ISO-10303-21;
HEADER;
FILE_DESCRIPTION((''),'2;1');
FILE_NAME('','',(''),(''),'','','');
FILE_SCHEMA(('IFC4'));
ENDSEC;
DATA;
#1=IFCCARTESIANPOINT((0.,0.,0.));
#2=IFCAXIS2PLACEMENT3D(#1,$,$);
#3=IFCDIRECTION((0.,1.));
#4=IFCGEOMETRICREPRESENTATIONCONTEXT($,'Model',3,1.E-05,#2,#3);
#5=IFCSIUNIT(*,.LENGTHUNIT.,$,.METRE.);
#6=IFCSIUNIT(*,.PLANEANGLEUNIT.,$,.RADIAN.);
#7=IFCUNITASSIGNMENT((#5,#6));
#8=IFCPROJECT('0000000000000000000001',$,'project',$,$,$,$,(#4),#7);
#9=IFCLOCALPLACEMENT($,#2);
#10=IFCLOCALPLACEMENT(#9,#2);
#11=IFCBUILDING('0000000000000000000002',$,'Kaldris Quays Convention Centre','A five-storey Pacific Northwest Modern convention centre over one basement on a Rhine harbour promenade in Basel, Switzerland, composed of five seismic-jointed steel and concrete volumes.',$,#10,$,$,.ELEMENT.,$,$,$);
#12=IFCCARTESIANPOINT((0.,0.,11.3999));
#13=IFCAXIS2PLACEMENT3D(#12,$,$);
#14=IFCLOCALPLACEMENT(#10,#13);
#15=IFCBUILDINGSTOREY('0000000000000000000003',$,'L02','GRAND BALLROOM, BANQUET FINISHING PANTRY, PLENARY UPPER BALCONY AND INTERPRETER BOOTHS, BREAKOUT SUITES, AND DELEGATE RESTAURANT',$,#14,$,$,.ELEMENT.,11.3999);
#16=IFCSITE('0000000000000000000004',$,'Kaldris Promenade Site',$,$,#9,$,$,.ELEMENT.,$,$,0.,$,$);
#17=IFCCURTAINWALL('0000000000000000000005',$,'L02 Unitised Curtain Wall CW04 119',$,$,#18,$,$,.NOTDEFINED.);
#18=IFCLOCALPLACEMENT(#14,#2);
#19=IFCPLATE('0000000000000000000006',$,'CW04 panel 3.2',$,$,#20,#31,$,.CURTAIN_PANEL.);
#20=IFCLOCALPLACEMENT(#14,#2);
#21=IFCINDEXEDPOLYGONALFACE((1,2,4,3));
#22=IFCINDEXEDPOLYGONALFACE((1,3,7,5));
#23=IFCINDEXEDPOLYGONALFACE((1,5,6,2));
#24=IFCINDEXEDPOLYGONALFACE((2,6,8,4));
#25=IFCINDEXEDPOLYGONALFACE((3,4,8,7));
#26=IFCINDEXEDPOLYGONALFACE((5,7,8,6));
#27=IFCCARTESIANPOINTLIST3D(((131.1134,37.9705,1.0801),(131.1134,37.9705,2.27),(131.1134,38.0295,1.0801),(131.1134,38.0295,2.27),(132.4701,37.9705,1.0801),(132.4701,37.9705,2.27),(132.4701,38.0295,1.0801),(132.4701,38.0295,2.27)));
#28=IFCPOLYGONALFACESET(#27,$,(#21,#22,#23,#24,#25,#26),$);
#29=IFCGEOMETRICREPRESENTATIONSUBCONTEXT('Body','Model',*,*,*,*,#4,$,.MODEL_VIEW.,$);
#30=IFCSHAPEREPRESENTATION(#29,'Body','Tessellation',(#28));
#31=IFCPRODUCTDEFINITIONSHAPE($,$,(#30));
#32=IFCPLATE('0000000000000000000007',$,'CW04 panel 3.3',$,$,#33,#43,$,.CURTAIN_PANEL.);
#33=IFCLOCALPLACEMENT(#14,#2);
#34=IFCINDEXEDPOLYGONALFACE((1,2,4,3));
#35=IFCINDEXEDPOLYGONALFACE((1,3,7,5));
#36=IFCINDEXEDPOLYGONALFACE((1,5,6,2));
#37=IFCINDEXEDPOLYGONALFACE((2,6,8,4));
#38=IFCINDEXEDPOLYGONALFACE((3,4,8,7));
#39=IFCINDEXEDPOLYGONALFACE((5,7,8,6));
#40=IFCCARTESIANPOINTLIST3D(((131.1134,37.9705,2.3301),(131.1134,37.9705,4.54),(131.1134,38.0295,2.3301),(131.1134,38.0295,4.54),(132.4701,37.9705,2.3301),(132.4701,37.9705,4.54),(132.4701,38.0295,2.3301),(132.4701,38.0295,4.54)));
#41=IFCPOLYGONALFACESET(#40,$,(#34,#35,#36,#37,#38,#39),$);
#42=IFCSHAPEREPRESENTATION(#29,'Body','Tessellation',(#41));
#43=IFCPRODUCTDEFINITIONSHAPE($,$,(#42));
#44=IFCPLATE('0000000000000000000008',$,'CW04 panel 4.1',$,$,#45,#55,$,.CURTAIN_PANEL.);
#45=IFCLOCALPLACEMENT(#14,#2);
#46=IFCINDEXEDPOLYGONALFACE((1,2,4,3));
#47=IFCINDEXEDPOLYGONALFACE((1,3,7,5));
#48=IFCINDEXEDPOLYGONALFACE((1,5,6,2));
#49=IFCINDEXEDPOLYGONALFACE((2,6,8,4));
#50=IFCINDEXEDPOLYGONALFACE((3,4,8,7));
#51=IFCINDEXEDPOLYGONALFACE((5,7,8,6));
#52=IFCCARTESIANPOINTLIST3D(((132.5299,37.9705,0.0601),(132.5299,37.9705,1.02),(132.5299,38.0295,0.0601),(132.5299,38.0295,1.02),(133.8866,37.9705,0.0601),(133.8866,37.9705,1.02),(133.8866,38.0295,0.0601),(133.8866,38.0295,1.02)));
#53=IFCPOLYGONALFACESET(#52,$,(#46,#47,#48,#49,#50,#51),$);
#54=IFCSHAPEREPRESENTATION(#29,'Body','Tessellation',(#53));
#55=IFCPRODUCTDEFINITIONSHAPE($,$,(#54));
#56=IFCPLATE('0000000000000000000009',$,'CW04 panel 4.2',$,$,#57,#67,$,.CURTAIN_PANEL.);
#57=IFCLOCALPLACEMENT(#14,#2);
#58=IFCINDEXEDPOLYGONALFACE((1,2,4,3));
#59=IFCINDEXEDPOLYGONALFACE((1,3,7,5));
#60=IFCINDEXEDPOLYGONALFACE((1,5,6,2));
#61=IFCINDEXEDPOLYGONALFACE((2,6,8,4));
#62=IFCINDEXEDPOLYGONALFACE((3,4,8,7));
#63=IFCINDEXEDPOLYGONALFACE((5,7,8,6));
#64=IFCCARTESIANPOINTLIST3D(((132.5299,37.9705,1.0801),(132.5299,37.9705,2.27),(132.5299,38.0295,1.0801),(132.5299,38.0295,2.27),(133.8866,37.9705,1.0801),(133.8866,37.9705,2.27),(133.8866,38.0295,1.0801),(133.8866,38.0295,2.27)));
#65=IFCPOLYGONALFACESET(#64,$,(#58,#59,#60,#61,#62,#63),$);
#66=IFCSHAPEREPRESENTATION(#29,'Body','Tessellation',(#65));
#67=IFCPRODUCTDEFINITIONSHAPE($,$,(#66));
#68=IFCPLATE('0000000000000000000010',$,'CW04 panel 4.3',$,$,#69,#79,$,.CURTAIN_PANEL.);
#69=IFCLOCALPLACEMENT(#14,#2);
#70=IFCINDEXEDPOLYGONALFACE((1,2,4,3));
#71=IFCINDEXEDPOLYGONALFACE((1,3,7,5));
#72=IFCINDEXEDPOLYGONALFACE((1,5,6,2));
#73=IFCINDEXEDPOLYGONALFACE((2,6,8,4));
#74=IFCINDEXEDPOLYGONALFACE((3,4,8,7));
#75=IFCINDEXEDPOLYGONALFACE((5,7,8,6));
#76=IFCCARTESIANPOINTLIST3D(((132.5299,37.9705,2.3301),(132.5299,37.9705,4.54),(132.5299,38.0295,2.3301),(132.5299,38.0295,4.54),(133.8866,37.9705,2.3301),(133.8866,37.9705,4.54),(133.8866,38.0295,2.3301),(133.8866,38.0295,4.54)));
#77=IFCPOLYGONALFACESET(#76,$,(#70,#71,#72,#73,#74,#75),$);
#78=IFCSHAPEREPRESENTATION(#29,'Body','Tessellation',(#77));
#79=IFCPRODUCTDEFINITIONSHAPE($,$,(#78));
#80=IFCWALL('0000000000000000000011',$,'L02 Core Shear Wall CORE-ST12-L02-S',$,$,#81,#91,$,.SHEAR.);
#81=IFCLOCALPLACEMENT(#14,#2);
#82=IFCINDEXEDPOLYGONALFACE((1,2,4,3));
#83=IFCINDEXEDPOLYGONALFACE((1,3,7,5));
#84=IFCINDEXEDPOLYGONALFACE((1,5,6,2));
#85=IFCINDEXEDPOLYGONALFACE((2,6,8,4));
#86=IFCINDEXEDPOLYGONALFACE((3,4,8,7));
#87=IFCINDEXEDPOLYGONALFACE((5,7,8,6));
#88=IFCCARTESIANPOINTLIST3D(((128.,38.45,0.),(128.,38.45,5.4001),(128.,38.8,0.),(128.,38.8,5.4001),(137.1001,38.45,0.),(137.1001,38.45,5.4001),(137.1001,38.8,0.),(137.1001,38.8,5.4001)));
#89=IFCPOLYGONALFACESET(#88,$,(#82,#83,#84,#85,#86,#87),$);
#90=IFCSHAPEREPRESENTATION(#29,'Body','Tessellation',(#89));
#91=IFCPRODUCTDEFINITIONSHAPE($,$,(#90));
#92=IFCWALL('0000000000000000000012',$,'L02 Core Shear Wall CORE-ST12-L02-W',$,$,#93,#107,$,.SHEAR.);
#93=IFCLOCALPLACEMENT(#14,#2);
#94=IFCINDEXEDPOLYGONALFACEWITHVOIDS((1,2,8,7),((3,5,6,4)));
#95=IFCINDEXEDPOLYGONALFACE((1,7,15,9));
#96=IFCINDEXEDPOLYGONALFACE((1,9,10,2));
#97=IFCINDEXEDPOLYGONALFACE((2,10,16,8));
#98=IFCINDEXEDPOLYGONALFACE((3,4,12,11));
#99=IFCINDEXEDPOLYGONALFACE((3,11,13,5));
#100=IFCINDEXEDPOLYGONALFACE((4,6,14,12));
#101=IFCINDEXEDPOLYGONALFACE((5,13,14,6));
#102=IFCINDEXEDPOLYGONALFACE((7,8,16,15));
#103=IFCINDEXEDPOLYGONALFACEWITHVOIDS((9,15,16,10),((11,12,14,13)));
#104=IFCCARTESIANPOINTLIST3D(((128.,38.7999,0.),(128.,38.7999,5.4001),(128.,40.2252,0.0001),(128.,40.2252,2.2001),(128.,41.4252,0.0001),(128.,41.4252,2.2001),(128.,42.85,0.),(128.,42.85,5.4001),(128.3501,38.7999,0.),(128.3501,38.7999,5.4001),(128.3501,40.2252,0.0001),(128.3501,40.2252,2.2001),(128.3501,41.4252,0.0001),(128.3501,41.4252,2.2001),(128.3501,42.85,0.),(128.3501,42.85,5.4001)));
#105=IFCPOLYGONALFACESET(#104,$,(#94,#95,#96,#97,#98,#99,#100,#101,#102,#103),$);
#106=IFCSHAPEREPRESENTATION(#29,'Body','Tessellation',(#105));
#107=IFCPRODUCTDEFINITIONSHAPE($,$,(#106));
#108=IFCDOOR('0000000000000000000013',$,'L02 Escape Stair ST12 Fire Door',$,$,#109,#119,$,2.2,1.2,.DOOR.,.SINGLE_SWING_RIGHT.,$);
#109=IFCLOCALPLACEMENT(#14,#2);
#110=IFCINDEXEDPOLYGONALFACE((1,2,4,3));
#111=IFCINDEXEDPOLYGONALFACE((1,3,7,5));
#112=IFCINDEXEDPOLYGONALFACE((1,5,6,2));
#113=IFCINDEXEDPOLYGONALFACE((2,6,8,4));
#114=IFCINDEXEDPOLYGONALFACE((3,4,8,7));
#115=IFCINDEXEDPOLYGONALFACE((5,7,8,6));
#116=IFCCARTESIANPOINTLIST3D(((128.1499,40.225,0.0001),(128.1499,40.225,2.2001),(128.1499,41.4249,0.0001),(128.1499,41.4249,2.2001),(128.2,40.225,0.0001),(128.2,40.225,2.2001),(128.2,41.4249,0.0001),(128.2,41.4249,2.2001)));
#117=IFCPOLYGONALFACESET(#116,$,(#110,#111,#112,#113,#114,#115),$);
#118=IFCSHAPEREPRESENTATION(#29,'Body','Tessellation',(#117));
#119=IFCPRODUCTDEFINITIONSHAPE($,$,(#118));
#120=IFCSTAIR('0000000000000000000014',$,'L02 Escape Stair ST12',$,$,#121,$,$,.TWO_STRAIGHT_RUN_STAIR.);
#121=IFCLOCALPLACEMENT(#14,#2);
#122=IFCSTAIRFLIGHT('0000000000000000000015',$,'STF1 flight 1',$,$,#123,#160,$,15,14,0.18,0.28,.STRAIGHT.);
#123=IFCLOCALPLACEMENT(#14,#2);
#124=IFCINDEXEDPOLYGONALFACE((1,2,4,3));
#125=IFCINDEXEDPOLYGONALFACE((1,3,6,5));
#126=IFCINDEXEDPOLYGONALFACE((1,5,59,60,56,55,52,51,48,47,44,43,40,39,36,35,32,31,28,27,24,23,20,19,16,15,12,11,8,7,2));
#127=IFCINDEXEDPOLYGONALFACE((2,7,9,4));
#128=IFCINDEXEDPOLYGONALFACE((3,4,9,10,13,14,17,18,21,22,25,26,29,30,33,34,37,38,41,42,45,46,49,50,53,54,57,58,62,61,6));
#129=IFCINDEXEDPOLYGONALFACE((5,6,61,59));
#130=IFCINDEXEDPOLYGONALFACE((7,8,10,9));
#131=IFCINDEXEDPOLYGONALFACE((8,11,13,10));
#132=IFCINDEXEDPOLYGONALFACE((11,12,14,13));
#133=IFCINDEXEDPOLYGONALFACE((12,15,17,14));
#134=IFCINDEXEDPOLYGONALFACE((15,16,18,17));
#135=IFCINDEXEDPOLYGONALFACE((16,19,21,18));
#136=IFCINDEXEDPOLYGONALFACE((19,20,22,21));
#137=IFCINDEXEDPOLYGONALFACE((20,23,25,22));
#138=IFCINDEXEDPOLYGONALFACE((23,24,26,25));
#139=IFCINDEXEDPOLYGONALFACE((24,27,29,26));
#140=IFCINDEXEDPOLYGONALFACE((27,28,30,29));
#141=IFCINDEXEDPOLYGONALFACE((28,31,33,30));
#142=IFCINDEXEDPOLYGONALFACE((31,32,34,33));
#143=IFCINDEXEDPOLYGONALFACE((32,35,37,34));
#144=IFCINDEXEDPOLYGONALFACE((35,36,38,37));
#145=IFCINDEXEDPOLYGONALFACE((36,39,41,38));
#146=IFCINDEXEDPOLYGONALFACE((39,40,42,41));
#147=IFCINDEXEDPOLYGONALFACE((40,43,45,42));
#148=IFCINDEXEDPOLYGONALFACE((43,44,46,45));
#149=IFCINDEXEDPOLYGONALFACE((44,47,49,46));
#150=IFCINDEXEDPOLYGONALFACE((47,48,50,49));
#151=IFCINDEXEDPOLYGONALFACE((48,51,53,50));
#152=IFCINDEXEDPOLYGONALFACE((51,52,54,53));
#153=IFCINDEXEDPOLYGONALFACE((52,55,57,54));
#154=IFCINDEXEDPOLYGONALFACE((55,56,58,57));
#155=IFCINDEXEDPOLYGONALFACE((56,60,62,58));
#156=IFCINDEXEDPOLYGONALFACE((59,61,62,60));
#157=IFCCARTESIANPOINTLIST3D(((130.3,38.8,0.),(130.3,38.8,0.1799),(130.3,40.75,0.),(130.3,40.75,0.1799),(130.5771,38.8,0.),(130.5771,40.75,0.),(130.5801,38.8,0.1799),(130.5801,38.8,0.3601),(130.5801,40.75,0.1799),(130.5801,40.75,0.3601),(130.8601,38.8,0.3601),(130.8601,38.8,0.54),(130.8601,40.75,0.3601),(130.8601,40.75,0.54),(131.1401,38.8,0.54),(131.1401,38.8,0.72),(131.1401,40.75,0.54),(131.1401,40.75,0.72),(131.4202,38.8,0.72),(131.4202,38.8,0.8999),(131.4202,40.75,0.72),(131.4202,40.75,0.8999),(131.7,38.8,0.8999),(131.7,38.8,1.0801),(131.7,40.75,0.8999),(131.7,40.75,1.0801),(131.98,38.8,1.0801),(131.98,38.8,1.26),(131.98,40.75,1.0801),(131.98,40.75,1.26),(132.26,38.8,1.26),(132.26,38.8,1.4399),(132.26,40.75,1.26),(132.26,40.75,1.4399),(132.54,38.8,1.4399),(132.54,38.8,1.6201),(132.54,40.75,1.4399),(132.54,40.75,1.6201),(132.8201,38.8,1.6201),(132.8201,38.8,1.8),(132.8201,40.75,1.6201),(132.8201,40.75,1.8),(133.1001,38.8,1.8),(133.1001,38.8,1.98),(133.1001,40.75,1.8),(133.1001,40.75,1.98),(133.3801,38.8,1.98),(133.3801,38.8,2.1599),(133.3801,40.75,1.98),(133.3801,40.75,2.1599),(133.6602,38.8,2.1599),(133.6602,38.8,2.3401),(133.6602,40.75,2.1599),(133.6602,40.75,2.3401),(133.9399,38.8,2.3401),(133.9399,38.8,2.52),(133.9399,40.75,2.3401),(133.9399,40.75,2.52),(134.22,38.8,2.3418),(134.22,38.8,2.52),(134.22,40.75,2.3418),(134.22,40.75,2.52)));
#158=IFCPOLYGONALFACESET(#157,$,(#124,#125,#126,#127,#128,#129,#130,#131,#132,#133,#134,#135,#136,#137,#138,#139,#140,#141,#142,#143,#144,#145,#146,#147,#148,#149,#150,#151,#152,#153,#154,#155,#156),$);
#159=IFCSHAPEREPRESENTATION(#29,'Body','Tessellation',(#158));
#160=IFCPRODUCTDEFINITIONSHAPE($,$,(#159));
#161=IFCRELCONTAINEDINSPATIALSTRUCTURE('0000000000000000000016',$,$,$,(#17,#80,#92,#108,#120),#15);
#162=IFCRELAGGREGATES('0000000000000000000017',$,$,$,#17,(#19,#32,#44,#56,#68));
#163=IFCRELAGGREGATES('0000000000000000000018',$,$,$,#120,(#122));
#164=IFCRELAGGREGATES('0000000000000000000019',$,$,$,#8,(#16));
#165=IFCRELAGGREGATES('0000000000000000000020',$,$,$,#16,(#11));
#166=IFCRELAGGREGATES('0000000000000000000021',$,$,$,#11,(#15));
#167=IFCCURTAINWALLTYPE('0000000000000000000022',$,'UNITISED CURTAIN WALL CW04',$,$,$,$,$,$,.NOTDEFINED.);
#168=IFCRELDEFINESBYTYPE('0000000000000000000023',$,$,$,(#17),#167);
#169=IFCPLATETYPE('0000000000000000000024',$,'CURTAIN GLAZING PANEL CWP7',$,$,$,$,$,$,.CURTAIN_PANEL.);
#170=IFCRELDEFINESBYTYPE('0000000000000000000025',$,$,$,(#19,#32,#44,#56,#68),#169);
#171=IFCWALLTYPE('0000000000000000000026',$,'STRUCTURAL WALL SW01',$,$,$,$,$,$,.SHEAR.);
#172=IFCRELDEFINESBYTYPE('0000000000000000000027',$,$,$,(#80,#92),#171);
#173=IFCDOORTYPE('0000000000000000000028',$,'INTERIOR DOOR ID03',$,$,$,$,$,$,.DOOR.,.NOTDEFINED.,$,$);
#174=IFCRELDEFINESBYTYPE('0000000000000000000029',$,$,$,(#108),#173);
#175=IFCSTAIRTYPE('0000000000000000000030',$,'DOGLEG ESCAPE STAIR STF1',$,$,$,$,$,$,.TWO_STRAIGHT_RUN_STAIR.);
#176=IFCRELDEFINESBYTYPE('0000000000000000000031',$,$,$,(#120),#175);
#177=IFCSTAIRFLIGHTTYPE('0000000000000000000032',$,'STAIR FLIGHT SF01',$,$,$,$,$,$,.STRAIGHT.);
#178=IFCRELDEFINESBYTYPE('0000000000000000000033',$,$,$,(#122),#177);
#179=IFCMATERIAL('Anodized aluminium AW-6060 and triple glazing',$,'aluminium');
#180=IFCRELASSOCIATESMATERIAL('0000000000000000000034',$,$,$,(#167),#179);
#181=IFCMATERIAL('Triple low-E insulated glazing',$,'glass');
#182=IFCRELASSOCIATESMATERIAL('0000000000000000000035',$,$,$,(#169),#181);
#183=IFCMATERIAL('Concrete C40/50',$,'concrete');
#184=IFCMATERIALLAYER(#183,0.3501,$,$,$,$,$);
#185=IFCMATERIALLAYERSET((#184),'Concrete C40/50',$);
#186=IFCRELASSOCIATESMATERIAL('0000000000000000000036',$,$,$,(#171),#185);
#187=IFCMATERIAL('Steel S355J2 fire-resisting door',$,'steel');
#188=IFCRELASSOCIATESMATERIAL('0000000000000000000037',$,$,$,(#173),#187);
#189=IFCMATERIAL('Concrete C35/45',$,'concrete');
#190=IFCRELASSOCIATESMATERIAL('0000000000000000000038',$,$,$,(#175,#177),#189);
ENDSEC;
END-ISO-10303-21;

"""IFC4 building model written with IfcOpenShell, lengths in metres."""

from ifc_helpers import new_model, si_unit, direction, frame, frame_2d, origin, origin_2d, place, context, subcontext, project, spatial, polyline, rectangle, outline, extrude, material, layer, layer_set, type_object, element, fill, aggregate, save


model = new_model("IFC4")

# Units and contexts
model_context = context("Model", 3, precision=1e-05, world=origin(), true_north=direction((0.0, 1.0)))
body_context = subcontext(model_context, "Body", "Model", "MODEL_VIEW")
ifc_project = project(units=[si_unit("LENGTHUNIT", "METRE"), si_unit("PLANEANGLEUNIT", "RADIAN")], contexts=[model_context])

# Site, building, storey
site_placement = place(None, origin())
site = spatial("IfcSite", under=ifc_project, at=site_placement, Name="Kaldris Promenade Site", CompositionType="ELEMENT", RefElevation=0.0)
building_placement = place(site_placement, origin())
building = spatial("IfcBuilding", under=site, at=building_placement, Name="Kaldris Quays Convention Centre", Description="A five-storey Pacific Northwest Modern convention centre over one basement on a Rhine harbour promenade in Basel, Switzerland, composed of five seismic-jointed steel and concrete volumes.", CompositionType="ELEMENT")
storey_placement = place(building_placement, frame((0.0, 0.0, 11.3999)))
storey = spatial("IfcBuildingStorey", under=building, at=storey_placement, Name="L02", Description="GRAND BALLROOM, BANQUET FINISHING PANTRY, PLENARY UPPER BALCONY AND INTERPRETER BOOTHS, BREAKOUT SUITES, AND DELEGATE RESTAURANT", CompositionType="ELEMENT", Elevation=11.3999)

# Curtain wall, plates
ifc_material_1 = material(Name="Anodized aluminium AW-6060 and triple glazing", Category="aluminium")
curtain_wall_type = type_object("IfcCurtainWallType", Name="UNITISED CURTAIN WALL CW04", PredefinedType="NOTDEFINED", material=ifc_material_1)
curtain_wall_placement = place(storey_placement, origin())
curtain_wall = element("IfcCurtainWall", 1, at=curtain_wall_placement, inside=storey, type_object=curtain_wall_type, Name="L02 Unitised Curtain Wall CW04 119", PredefinedType="NOTDEFINED")
ifc_material_2 = material(Name="Triple low-E insulated glazing", Category="glass")
plate_type = type_object("IfcPlateType", Name="CURTAIN GLAZING PANEL CWP7", PredefinedType="CURTAIN_PANEL", material=ifc_material_2)
plate_1_placement = place(storey_placement, frame((131.7917, 38.0, 1.0801), z_axis=(0.0, 0.0, 1.0), x_axis=(1.0, 0.0, 0.0)))
plate_1 = element("IfcPlate", 2, at=plate_1_placement, type_object=plate_type, Name="CW04 panel 3.2", PredefinedType="CURTAIN_PANEL", context=body_context, shape_type="SweptSolid", body=[
    extrude(rectangle(XDim=1.3567, YDim=0.0591, at=origin_2d()), origin(), (0.0, 0.0, 1.0), 1.1899),
])
plate_2_placement = place(storey_placement, frame((131.7917, 38.0, 2.3301), z_axis=(0.0, 0.0, 1.0), x_axis=(1.0, 0.0, 0.0)))
plate_2 = element("IfcPlate", 3, at=plate_2_placement, type_object=plate_type, Name="CW04 panel 3.3", PredefinedType="CURTAIN_PANEL", context=body_context, shape_type="SweptSolid", body=[
    extrude(rectangle(XDim=1.3567, YDim=0.0591, at=origin_2d()), origin(), (0.0, 0.0, 1.0), 2.21),
])
plate_3_placement = place(storey_placement, frame((133.2083, 38.0, 0.0601), z_axis=(0.0, 0.0, 1.0), x_axis=(1.0, 0.0, 0.0)))
plate_3 = element("IfcPlate", 4, at=plate_3_placement, type_object=plate_type, Name="CW04 panel 4.1", PredefinedType="CURTAIN_PANEL", context=body_context, shape_type="SweptSolid", body=[
    extrude(rectangle(XDim=1.3567, YDim=0.0591, at=origin_2d()), origin(), (0.0, 0.0, 1.0), 0.96),
])
plate_4_placement = place(storey_placement, frame((133.2083, 38.0, 1.0801), z_axis=(0.0, 0.0, 1.0), x_axis=(1.0, 0.0, 0.0)))
plate_4 = element("IfcPlate", 5, at=plate_4_placement, type_object=plate_type, Name="CW04 panel 4.2", PredefinedType="CURTAIN_PANEL", context=body_context, shape_type="SweptSolid", body=[
    extrude(rectangle(XDim=1.3567, YDim=0.0591, at=origin_2d()), origin(), (0.0, 0.0, 1.0), 1.1899),
])
plate_5_placement = place(storey_placement, frame((133.2083, 38.0, 2.3301), z_axis=(0.0, 0.0, 1.0), x_axis=(1.0, 0.0, 0.0)))
plate_5 = element("IfcPlate", 6, at=plate_5_placement, type_object=plate_type, Name="CW04 panel 4.3", PredefinedType="CURTAIN_PANEL", context=body_context, shape_type="SweptSolid", body=[
    extrude(rectangle(XDim=1.3567, YDim=0.0591, at=origin_2d()), origin(), (0.0, 0.0, 1.0), 2.21),
])
aggregate(curtain_wall, [plate_1, plate_2, plate_3, plate_4, plate_5])

# Wall
ifc_material_3 = material(Name="Concrete C40/50", Category="concrete")
ifc_layer = layer(ifc_material_3, 0.3501)
ifc_layer_set = layer_set([ifc_layer], Name="Concrete C40/50")
wall_type = type_object("IfcWallType", Name="STRUCTURAL WALL SW01", PredefinedType="SHEAR", material=ifc_layer_set)
wall_1_placement = place(storey_placement, frame((128.0, 38.625, 0.0), z_axis=(0.0, 0.0, 1.0), x_axis=(1.0, 0.0, 0.0)))
element("IfcWall", 7, at=wall_1_placement, inside=storey, type_object=wall_type, Name="L02 Core Shear Wall CORE-ST12-L02-S", PredefinedType="SHEAR", context=body_context, shape_type="SweptSolid", body=[
    extrude(rectangle(XDim=9.1001, YDim=0.3501, at=frame_2d((4.55, 0.0))), origin(), (0.0, 0.0, 1.0), 5.4001),
])

# Wall, opening, door
wall_2_placement = place(storey_placement, frame((128.175, 38.8, 0.0), z_axis=(0.0, 0.0, 1.0), x_axis=(0.0, 1.0, 0.0)))
wall_2 = element("IfcWall", 8, at=wall_2_placement, inside=storey, type_object=wall_type, Name="L02 Core Shear Wall CORE-ST12-L02-W", PredefinedType="SHEAR", context=body_context, shape_type="SweptSolid", body=[
    extrude(rectangle(XDim=4.05, YDim=0.3501, at=frame_2d((2.0249, 0.0))), origin(), (0.0, 0.0, 1.0), 5.4001),
])
opening_placement = place(wall_2_placement, frame((1.425, 0.0, 0.0)))
opening = element("IfcOpeningElement", 9, at=opening_placement, cuts=wall_2, PredefinedType="OPENING", context=body_context, shape_type="SweptSolid", body=[
    extrude(rectangle(XDim=1.2, YDim=2.2, at=frame_2d((0.6001, 1.1001))), frame((0.0, 0.1851, 0.0), z_axis=(0.0, -1.0, 0.0), x_axis=(1.0, 0.0, 0.0)), (0.0, 0.0, 1.0), 0.3701),
])
ifc_material_4 = material(Name="Steel S355J2 fire-resisting door", Category="steel")
door_type = type_object("IfcDoorType", Name="INTERIOR DOOR ID03", OperationType="NOTDEFINED", PredefinedType="DOOR", material=ifc_material_4)
door_placement = place(opening_placement, frame((1.2, 0.0, 0.0), z_axis=(0.0, 0.0, 1.0), x_axis=(-1.0, 0.0, 0.0)))
door = element("IfcDoor", 10, at=door_placement, inside=storey, type_object=door_type, Name="L02 Escape Stair ST12 Fire Door", OperationType="SINGLE_SWING_RIGHT", OverallHeight=2.2, OverallWidth=1.2, PredefinedType="DOOR", context=body_context, shape_type="SweptSolid", body=[
    extrude(rectangle(XDim=1.2, YDim=2.2, at=frame_2d((0.6001, 1.1001))), frame((0.0, 0.0249, 0.0), z_axis=(0.0, -1.0, 0.0), x_axis=(1.0, 0.0, 0.0)), (0.0, 0.0, 1.0), 0.05),
])
fill(opening, door)

# Stair, stair flight
ifc_material_5 = material(Name="Concrete C35/45", Category="concrete")
stair_type = type_object("IfcStairType", Name="DOGLEG ESCAPE STAIR STF1", PredefinedType="TWO_STRAIGHT_RUN_STAIR", material=ifc_material_5)
stair_placement = place(storey_placement, origin())
stair = element("IfcStair", 11, at=stair_placement, inside=storey, type_object=stair_type, Name="L02 Escape Stair ST12", PredefinedType="TWO_STRAIGHT_RUN_STAIR")
stair_flight_type = type_object("IfcStairFlightType", Name="STAIR FLIGHT SF01", PredefinedType="STRAIGHT", material=ifc_material_5)
stair_flight_placement = place(storey_placement, frame((130.3, 39.7749, 0.0), z_axis=(0.0, 0.0, 1.0), x_axis=(1.0, 0.0, 0.0)))
stair_flight = element("IfcStairFlight", 12, at=stair_flight_placement, type_object=stair_flight_type, Name="STF1 flight 1", NumberOfRisers=15, NumberOfTreads=14, PredefinedType="STRAIGHT", RiserHeight=0.18, TreadLength=0.28, context=body_context, shape_type="SweptSolid", body=[
    extrude(outline(polyline([(0.0, 0.0), (0.0, 0.1799), (0.28, 0.1799), (0.28, 0.3601), (0.5601, 0.3601), (0.5601, 0.54), (0.8401, 0.54), (0.8401, 0.72), (1.1201, 0.72), (1.1201, 0.8999), (1.3999, 0.8999), (1.3999, 1.0801), (1.6799, 1.0801), (1.6799, 1.26), (1.96, 1.26), (1.96, 1.4399), (2.24, 1.4399), (2.24, 1.6201), (2.52, 1.6201), (2.52, 1.8), (2.8, 1.8), (2.8, 1.98), (3.0801, 1.98), (3.0801, 2.1599), (3.3601, 2.1599), (3.3601, 2.3401), (3.6399, 2.3401), (3.6399, 2.52), (3.9199, 2.52), (3.9199, 2.7), (3.9199, 2.3418), (0.2771, 0.0), (0.0, 0.0)])), frame((0.0, 0.9751, 0.0), z_axis=(0.0, -1.0, 0.0), x_axis=(1.0, 0.0, 0.0)), (0.0, 0.0, 1.0), 1.95),
])
aggregate(stair, [stair_flight])

save(model, "model.ifc")
